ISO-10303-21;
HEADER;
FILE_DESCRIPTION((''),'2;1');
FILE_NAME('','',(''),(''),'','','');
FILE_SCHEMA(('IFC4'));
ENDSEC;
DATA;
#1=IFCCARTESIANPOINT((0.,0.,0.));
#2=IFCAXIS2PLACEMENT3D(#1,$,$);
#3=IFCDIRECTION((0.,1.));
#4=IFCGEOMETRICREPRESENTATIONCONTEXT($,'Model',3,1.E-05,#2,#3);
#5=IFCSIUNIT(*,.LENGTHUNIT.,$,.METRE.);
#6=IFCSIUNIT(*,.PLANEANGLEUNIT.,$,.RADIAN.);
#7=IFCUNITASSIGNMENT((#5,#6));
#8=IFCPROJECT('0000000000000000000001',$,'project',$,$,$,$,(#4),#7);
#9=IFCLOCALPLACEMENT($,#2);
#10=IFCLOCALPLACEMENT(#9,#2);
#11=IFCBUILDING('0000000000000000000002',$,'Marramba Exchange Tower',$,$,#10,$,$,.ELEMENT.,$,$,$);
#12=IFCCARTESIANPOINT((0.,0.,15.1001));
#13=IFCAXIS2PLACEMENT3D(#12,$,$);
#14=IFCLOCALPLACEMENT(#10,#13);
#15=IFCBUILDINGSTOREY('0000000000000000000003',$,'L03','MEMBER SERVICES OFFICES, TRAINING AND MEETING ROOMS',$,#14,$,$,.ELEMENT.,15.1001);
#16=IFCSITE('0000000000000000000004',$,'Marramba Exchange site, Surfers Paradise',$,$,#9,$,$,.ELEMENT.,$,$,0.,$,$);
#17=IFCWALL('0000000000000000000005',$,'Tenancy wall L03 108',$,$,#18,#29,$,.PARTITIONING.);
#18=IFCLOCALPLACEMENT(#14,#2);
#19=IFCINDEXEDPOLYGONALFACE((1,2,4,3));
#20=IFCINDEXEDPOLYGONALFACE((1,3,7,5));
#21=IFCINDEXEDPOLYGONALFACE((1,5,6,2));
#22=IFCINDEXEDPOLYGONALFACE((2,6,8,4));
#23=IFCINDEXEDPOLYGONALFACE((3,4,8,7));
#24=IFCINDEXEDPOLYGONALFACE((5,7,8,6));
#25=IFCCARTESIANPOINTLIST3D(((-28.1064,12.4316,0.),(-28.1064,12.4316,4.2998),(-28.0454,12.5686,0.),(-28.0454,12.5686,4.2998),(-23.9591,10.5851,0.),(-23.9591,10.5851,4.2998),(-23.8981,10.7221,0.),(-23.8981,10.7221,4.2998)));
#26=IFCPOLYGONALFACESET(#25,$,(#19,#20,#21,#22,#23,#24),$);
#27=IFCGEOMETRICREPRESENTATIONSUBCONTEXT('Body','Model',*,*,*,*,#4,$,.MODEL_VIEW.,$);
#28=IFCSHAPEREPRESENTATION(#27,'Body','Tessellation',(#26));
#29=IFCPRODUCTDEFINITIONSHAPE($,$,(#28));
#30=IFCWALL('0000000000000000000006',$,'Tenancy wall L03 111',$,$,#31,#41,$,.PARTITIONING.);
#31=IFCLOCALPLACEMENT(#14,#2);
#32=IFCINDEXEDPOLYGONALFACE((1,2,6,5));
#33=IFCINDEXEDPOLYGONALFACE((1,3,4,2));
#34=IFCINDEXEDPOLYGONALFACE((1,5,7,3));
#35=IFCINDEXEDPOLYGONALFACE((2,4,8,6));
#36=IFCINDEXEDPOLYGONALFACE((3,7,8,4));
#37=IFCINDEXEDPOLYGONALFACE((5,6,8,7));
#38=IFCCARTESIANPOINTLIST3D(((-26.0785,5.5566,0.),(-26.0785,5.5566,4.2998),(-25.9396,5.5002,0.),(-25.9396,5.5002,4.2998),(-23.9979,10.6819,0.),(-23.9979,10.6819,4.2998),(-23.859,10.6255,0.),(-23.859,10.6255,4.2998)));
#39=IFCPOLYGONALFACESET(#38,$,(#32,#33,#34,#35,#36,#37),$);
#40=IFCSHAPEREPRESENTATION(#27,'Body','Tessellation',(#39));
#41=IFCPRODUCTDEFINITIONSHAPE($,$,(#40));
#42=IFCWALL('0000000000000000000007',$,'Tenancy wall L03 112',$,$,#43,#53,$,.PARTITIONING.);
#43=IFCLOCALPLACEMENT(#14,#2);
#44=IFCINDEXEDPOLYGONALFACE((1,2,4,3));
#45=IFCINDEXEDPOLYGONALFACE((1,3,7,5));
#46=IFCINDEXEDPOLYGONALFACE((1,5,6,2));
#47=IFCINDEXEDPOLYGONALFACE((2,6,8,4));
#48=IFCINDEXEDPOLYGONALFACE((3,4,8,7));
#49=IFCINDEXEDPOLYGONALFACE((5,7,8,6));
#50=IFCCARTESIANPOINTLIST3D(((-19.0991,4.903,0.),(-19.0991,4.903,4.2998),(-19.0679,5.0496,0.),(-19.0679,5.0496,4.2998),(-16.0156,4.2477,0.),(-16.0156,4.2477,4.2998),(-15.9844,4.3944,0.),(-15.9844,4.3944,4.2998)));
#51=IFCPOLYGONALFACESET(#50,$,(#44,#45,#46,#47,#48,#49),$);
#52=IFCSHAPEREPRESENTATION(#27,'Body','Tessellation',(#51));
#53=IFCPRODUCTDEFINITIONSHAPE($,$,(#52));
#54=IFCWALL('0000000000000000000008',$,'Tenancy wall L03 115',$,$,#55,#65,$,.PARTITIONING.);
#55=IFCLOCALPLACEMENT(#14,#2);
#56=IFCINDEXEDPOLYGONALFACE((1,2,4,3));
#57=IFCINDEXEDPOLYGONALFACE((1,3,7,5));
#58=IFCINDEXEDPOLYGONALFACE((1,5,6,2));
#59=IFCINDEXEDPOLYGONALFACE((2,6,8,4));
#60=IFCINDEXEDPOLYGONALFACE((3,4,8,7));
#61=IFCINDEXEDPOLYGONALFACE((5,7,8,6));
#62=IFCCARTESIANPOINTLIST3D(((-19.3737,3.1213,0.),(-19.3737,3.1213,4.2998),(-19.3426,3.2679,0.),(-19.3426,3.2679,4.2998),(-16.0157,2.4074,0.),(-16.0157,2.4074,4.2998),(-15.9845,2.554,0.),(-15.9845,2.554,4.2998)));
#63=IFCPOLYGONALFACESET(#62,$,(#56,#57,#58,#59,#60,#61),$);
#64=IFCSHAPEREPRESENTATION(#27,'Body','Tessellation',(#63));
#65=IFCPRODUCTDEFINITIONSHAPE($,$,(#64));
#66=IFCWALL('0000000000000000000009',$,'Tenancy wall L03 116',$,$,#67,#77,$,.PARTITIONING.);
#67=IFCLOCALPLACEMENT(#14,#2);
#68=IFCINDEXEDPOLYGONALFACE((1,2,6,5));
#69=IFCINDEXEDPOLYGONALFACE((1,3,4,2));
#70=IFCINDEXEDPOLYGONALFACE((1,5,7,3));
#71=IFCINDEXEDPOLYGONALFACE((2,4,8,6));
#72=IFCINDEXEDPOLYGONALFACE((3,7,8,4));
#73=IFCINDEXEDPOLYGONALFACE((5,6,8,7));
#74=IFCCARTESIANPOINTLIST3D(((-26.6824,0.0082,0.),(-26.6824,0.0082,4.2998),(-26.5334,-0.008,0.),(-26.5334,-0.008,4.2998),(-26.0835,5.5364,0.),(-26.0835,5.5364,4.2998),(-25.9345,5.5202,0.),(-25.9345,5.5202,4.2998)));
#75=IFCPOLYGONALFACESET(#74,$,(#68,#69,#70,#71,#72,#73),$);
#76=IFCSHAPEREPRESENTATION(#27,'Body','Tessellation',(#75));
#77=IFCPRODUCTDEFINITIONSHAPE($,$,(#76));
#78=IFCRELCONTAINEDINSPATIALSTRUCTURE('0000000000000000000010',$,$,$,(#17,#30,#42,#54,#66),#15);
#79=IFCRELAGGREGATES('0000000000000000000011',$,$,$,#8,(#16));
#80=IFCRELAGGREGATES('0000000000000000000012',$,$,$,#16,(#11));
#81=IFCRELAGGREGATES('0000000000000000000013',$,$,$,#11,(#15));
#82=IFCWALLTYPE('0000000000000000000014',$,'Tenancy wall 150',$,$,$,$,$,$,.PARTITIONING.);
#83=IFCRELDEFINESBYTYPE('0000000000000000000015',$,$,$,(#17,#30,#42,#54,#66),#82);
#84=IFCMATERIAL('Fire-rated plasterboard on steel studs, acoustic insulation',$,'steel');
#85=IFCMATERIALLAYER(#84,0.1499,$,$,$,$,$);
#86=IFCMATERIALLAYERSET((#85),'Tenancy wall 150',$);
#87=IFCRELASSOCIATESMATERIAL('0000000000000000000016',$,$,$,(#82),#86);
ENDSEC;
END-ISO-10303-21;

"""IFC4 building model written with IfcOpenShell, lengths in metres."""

from ifc_helpers import new_model, si_unit, direction, frame, frame_2d, origin, place, context, subcontext, project, spatial, rectangle, extrude, material, layer, layer_set, type_object, element, save


model = new_model("IFC4")

# Units and contexts
model_context = context("Model", 3, precision=1e-05, world=origin(), true_north=direction((0.0, 1.0)))
body_context = subcontext(model_context, "Body", "Model", "MODEL_VIEW")
ifc_project = project(units=[si_unit("LENGTHUNIT", "METRE"), si_unit("PLANEANGLEUNIT", "RADIAN")], contexts=[model_context])

# Site, building, storey
site_placement = place(None, origin())
site = spatial("IfcSite", under=ifc_project, at=site_placement, Name="Marramba Exchange site, Surfers Paradise", CompositionType="ELEMENT", RefElevation=0.0)
building_placement = place(site_placement, origin())
building = spatial("IfcBuilding", under=site, at=building_placement, Name="Marramba Exchange Tower", CompositionType="ELEMENT")
storey_placement = place(building_placement, frame((0.0, 0.0, 15.1001)))
storey = spatial("IfcBuildingStorey", under=building, at=storey_placement, Name="L03", Description="MEMBER SERVICES OFFICES, TRAINING AND MEETING ROOMS", CompositionType="ELEMENT", Elevation=15.1001)

# Shared definitions
ifc_material_1 = material(Name="Fire-rated plasterboard on steel studs, acoustic insulation", Category="steel")
ifc_layer_1 = layer(ifc_material_1, 0.1499)
ifc_layer_set_1 = layer_set([ifc_layer_1], Name="Tenancy wall 150")
wall_type_1 = type_object("IfcWallType", Name="Tenancy wall 150", PredefinedType="PARTITIONING", material=ifc_layer_set_1)

# Walls
wall_1_placement = place(storey_placement, frame((-23.9285, 10.6536, 0.0), z_axis=(0.0, 0.0, 1.0), x_axis=(-0.913547, 0.406732, 0.0)))
element("IfcWall", 1, at=wall_1_placement, inside=storey, type_object=wall_type_1, Name="Tenancy wall L03 108", PredefinedType="PARTITIONING", context=body_context, shape_type="SweptSolid", body=[
    extrude(rectangle(XDim=4.5398, YDim=0.1499, at=frame_2d((2.27, 0.0))), origin(), (0.0, 0.0, 1.0), 4.2998),
])
wall_2_placement = place(storey_placement, frame((-23.9285, 10.6536, 0.0), z_axis=(0.0, 0.0, 1.0), x_axis=(-0.376134, -0.926565, 0.0)))
element("IfcWall", 2, at=wall_2_placement, inside=storey, type_object=wall_type_1, Name="Tenancy wall L03 111", PredefinedType="PARTITIONING", context=body_context, shape_type="SweptSolid", body=[
    extrude(rectangle(XDim=5.5315, YDim=0.1499, at=frame_2d((2.7656, 0.0))), origin(), (0.0, 0.0, 1.0), 4.2998),
])
wall_3_placement = place(storey_placement, frame((-16.0, 4.321, 0.0), z_axis=(0.0, 0.0, 1.0), x_axis=(-0.978157, 0.207868, 0.0)))
element("IfcWall", 3, at=wall_3_placement, inside=storey, type_object=wall_type_1, Name="Tenancy wall L03 112", PredefinedType="PARTITIONING", context=body_context, shape_type="SweptSolid", body=[
    extrude(rectangle(XDim=3.1523, YDim=0.1499, at=frame_2d((1.5762, 0.0))), origin(), (0.0, 0.0, 1.0), 4.2998),
])
wall_4_placement = place(storey_placement, frame((-19.3582, 3.1946, 0.0), z_axis=(0.0, 0.0, 1.0), x_axis=(0.978143, -0.207931, 0.0)))
element("IfcWall", 4, at=wall_4_placement, inside=storey, type_object=wall_type_1, Name="Tenancy wall L03 115", PredefinedType="PARTITIONING", context=body_context, shape_type="SweptSolid", body=[
    extrude(rectangle(XDim=3.4331, YDim=0.1499, at=frame_2d((1.7166, 0.0))), origin(), (0.0, 0.0, 1.0), 4.2998),
])
wall_5_placement = place(storey_placement, frame((-26.009, 5.5283, 0.0), z_axis=(0.0, 0.0, 1.0), x_axis=(-0.107699, -0.994184, 0.0)))
element("IfcWall", 5, at=wall_5_placement, inside=storey, type_object=wall_type_1, Name="Tenancy wall L03 116", PredefinedType="PARTITIONING", context=body_context, shape_type="SweptSolid", body=[
    extrude(rectangle(XDim=5.5605, YDim=0.1499, at=frame_2d((2.7803, 0.0))), origin(), (0.0, 0.0, 1.0), 4.2998),
])

save(model, "model.ifc")
